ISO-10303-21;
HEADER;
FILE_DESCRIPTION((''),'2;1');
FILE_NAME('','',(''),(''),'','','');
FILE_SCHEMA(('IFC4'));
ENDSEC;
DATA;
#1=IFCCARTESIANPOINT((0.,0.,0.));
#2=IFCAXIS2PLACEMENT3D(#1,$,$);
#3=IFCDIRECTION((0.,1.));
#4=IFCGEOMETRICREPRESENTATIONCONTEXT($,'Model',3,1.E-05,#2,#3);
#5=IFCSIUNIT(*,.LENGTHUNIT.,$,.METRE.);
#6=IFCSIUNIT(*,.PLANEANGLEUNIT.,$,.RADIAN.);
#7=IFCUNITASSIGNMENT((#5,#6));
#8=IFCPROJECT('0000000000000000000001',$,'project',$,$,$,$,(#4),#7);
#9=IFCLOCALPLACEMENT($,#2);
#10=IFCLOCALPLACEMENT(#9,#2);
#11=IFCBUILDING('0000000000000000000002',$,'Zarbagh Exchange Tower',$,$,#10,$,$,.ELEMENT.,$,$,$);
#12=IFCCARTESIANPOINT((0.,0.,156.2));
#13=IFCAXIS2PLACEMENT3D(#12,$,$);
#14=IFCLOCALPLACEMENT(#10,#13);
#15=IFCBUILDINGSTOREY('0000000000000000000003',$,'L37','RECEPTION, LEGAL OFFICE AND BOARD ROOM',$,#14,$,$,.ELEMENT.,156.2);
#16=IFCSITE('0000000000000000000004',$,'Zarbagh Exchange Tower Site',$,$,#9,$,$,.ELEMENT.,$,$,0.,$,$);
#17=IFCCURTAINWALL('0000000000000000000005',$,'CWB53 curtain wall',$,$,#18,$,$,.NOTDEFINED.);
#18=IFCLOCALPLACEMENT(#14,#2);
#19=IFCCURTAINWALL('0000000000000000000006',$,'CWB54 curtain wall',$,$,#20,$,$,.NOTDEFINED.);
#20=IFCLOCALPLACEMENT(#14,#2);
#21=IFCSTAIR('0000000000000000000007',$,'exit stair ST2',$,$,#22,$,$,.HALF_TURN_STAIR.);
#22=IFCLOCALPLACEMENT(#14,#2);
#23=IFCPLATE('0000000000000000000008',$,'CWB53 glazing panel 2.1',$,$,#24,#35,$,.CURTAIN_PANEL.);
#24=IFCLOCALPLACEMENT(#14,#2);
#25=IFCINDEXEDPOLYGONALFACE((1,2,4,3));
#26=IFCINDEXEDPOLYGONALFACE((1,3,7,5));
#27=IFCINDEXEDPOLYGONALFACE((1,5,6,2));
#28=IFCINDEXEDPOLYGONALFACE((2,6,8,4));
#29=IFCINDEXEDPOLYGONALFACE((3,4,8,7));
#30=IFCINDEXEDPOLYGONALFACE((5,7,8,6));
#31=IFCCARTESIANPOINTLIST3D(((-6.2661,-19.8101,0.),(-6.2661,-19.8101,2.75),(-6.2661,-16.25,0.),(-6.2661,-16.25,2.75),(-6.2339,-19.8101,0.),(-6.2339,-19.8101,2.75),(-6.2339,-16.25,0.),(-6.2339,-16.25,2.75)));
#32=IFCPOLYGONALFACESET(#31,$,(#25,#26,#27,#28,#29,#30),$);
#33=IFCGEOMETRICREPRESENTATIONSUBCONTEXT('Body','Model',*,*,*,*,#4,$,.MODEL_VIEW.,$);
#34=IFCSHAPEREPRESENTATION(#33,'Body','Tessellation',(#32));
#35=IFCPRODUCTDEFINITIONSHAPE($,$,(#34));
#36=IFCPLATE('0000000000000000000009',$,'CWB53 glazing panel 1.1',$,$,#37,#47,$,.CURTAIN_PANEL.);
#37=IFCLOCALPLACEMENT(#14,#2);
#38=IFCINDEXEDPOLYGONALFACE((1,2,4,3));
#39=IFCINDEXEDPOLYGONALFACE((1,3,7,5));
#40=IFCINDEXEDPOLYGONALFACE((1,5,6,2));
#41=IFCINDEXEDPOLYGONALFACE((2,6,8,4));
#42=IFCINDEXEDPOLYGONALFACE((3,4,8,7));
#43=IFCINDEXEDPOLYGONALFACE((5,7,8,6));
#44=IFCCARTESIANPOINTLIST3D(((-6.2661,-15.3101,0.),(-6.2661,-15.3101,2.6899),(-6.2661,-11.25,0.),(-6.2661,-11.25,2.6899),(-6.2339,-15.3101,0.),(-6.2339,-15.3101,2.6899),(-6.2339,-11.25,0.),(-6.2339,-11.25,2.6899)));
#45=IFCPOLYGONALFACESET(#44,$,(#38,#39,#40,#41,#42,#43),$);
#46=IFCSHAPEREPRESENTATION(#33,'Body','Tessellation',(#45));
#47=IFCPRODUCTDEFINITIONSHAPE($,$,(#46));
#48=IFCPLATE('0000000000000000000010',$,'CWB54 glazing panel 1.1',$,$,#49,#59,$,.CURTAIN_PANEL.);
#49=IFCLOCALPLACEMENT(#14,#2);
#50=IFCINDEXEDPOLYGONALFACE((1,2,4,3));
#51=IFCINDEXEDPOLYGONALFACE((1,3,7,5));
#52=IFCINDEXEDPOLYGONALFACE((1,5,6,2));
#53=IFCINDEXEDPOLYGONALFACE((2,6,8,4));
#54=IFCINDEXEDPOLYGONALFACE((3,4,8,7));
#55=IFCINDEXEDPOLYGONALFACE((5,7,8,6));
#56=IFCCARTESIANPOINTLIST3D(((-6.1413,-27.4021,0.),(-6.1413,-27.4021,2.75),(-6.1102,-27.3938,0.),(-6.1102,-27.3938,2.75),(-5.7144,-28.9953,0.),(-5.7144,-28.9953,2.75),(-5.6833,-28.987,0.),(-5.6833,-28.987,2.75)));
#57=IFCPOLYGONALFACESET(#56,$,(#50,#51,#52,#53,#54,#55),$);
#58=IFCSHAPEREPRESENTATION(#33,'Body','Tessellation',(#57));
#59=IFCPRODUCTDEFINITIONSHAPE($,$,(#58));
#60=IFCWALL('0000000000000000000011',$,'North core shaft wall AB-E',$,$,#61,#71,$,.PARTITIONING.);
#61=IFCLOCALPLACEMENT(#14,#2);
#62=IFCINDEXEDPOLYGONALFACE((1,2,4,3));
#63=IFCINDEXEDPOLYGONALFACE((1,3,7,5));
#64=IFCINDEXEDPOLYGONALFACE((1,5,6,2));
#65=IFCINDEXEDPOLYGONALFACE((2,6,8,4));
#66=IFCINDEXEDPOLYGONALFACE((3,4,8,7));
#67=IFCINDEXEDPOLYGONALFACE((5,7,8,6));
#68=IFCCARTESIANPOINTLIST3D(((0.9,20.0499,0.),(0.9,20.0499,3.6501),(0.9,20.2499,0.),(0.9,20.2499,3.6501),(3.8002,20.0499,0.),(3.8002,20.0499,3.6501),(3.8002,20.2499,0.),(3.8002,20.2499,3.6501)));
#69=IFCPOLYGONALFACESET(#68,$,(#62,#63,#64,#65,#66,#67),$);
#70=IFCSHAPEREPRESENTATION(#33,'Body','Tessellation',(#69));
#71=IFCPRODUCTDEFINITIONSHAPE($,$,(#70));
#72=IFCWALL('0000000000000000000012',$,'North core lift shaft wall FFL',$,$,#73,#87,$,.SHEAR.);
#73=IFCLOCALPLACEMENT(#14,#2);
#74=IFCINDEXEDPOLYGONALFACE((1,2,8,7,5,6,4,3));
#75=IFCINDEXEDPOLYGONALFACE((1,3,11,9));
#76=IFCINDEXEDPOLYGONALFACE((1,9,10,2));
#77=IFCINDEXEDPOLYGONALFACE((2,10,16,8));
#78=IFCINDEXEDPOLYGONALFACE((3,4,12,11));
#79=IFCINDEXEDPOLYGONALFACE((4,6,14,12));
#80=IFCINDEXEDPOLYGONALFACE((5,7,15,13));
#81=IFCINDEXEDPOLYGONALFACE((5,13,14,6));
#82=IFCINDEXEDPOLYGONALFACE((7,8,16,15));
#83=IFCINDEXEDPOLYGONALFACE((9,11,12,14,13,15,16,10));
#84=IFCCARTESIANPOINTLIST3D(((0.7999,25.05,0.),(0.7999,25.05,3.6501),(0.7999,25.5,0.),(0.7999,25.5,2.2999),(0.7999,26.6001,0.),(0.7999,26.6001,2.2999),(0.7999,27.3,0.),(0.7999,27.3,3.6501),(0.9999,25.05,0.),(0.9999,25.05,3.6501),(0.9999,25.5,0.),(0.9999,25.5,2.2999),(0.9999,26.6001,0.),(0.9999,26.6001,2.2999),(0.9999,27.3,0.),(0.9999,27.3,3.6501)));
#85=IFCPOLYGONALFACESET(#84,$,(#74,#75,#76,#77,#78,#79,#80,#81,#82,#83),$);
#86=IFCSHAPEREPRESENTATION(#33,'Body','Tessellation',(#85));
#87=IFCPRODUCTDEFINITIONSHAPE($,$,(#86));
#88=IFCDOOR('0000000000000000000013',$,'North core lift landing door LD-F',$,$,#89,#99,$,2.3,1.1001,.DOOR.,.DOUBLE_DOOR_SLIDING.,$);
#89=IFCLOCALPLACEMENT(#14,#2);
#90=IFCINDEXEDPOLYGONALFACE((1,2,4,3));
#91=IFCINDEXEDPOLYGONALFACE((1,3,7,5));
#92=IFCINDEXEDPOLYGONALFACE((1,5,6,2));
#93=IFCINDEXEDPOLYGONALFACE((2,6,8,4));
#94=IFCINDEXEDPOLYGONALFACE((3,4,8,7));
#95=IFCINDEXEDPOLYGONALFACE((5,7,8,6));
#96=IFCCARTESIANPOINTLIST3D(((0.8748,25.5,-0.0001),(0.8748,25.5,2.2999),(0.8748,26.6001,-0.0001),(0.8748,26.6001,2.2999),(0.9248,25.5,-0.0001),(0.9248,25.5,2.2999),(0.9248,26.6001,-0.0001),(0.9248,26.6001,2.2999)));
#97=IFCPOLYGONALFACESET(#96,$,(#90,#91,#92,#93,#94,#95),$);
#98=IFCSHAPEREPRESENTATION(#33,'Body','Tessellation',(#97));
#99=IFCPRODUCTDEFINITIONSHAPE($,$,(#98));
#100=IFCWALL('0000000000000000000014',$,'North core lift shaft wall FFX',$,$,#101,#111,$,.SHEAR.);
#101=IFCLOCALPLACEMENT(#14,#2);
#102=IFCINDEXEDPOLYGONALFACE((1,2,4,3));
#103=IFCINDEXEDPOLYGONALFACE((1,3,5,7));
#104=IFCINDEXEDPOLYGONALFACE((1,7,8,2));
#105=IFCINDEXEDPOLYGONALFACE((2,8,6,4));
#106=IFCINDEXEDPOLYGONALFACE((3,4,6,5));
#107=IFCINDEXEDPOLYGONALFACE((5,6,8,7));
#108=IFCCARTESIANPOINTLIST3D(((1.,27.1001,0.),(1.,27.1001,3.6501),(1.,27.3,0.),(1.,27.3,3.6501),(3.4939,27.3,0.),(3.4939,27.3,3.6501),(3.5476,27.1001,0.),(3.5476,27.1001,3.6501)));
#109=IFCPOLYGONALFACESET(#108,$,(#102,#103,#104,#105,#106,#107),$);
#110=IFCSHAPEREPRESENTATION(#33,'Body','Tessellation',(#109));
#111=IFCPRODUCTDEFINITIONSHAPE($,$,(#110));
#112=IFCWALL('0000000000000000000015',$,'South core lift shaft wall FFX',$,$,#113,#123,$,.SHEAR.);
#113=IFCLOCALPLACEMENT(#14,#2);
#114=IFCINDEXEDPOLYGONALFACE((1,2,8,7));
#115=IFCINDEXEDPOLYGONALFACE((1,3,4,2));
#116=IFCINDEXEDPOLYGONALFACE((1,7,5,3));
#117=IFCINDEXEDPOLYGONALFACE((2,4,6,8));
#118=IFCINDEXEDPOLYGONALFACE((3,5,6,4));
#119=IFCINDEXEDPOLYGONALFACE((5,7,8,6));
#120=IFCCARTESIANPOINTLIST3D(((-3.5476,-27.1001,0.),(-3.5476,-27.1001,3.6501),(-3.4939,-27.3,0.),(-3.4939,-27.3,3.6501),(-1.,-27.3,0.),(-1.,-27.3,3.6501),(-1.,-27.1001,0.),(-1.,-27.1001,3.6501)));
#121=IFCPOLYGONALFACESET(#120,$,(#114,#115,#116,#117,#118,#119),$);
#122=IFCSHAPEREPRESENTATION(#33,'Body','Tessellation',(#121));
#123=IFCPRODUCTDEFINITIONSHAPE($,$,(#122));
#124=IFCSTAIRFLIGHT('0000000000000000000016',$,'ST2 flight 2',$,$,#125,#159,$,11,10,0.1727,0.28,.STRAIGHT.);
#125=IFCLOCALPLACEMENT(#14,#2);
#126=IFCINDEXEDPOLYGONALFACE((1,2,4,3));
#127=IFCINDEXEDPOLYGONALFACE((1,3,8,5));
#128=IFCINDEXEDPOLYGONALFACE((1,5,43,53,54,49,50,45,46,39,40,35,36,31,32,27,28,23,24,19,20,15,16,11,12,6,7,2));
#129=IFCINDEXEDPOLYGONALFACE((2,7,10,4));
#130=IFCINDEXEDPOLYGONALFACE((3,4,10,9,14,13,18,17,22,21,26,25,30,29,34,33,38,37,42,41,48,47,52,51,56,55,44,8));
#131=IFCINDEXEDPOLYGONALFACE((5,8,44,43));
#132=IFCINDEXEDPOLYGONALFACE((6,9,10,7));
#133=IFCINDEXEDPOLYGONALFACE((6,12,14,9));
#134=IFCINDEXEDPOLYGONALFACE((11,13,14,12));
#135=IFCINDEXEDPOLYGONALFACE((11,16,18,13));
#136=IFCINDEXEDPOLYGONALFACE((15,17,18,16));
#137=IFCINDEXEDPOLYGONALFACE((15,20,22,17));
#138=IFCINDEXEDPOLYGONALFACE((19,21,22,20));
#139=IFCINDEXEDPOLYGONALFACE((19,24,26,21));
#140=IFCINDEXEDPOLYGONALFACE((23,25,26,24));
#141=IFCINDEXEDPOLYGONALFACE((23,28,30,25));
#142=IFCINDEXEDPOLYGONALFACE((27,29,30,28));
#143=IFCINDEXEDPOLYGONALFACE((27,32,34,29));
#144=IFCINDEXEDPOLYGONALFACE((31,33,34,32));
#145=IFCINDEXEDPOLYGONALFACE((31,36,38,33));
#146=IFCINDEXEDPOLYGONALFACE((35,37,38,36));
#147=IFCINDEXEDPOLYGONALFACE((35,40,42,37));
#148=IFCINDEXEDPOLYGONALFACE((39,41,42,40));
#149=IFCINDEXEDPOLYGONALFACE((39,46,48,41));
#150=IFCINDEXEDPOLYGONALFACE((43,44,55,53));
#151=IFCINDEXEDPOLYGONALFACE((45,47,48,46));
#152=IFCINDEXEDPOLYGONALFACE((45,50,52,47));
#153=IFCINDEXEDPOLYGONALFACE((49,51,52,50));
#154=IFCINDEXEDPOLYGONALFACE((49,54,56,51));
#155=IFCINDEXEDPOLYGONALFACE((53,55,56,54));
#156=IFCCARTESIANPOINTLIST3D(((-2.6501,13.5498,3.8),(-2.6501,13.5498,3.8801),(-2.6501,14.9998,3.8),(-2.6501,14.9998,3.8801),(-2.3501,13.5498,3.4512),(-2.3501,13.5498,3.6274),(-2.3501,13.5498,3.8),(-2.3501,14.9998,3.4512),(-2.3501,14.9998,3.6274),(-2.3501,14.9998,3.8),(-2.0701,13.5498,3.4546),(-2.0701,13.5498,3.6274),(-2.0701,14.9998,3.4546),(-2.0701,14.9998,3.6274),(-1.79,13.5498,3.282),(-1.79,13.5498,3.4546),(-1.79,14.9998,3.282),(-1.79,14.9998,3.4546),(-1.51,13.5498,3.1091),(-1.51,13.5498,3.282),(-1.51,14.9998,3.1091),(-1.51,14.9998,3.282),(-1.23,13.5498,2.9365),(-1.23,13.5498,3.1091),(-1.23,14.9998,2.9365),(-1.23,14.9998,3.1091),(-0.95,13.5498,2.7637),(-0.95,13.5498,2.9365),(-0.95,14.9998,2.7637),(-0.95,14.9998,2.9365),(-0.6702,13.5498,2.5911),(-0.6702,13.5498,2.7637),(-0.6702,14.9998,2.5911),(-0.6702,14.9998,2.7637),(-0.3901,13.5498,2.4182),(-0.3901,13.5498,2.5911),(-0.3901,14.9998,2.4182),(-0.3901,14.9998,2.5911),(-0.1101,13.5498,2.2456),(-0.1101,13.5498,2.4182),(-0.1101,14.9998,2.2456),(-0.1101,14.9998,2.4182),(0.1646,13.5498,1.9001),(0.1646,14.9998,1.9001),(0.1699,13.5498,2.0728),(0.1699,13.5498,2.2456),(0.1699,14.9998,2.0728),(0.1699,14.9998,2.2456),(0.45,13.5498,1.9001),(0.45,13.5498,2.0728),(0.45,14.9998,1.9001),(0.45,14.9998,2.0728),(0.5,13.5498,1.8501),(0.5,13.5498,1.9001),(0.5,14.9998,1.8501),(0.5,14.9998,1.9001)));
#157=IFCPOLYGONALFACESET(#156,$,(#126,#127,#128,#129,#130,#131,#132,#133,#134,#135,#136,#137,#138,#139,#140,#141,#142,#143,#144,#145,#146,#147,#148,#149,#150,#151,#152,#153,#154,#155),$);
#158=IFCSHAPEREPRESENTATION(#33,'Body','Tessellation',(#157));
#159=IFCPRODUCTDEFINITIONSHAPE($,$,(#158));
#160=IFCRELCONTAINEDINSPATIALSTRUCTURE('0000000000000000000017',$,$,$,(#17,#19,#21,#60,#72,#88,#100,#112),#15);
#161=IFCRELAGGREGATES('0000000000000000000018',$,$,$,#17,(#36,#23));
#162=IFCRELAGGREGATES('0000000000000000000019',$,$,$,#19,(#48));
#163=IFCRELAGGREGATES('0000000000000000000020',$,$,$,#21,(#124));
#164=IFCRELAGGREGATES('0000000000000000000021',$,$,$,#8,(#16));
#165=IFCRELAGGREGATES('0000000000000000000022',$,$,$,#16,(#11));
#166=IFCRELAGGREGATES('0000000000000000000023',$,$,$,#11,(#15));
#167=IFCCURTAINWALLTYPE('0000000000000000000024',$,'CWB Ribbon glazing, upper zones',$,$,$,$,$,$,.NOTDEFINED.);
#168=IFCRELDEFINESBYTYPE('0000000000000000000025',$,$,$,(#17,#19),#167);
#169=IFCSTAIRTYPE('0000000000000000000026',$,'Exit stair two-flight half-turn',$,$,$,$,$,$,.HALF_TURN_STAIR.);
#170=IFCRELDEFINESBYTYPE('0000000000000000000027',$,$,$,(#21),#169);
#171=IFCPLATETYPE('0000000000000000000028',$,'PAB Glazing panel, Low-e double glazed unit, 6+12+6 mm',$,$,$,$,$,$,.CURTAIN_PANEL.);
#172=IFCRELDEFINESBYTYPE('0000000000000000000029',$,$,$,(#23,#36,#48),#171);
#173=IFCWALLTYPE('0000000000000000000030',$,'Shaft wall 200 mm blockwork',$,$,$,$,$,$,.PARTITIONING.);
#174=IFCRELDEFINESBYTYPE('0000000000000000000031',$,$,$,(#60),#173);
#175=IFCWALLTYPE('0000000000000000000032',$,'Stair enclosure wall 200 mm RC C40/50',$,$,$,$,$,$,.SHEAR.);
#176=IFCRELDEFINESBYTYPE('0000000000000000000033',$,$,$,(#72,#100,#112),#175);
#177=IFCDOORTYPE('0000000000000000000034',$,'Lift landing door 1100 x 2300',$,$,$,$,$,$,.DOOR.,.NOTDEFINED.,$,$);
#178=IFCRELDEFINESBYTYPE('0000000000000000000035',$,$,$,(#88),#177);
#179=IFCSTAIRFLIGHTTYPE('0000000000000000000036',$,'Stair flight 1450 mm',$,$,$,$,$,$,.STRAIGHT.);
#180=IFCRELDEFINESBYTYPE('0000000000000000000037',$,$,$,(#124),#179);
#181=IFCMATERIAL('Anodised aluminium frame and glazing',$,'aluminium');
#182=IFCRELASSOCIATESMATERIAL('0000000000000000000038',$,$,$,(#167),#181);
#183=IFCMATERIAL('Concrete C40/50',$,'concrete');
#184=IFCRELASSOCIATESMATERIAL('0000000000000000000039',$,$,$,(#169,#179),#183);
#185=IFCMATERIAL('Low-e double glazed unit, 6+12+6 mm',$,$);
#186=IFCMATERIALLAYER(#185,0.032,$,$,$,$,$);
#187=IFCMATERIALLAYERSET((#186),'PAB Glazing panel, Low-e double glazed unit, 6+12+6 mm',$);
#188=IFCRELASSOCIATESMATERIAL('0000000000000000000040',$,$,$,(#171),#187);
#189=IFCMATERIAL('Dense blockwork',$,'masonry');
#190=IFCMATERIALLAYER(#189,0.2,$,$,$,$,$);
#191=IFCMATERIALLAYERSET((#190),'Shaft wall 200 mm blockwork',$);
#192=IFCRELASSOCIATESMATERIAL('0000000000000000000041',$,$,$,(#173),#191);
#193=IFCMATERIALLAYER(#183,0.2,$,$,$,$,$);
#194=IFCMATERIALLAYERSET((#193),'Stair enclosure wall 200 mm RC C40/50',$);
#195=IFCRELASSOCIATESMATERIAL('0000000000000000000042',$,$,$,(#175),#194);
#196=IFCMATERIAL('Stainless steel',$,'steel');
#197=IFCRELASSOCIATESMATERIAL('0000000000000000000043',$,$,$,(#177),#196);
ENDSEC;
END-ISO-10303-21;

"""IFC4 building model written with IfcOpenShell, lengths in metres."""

from ifc_helpers import new_model, si_unit, direction, frame, frame_2d, origin, place, context, subcontext, project, spatial, polyline, rectangle, outline, extrude, source, transform, mapped, material, layer, layer_set, type_object, element, fill, aggregate, save


model = new_model("IFC4")

# Units and contexts
model_context = context("Model", 3, precision=1e-05, world=origin(), true_north=direction((0.0, 1.0)))
body_context = subcontext(model_context, "Body", "Model", "MODEL_VIEW")
ifc_project = project(units=[si_unit("LENGTHUNIT", "METRE"), si_unit("PLANEANGLEUNIT", "RADIAN")], contexts=[model_context])

# Site, building, storey
site_placement = place(None, origin())
site = spatial("IfcSite", under=ifc_project, at=site_placement, Name="Zarbagh Exchange Tower Site", CompositionType="ELEMENT", RefElevation=0.0)
building_placement = place(site_placement, origin())
building = spatial("IfcBuilding", under=site, at=building_placement, Name="Zarbagh Exchange Tower", CompositionType="ELEMENT")
storey_placement = place(building_placement, frame((0.0, 0.0, 156.2)))
storey = spatial("IfcBuildingStorey", under=building, at=storey_placement, Name="L37", Description="RECEPTION, LEGAL OFFICE AND BOARD ROOM", CompositionType="ELEMENT", Elevation=156.2)

# Curtain wall
ifc_material_1 = material(Name="Anodised aluminium frame and glazing", Category="aluminium")
curtain_wall_type = type_object("IfcCurtainWallType", Name="CWB Ribbon glazing, upper zones", PredefinedType="NOTDEFINED", material=ifc_material_1)
curtain_wall_1_placement = place(storey_placement, origin())
curtain_wall_1 = element("IfcCurtainWall", 1, at=curtain_wall_1_placement, inside=storey, type_object=curtain_wall_type, Name="CWB53 curtain wall", PredefinedType="NOTDEFINED")
placement = place(storey_placement, origin())

# Curtain wall
curtain_wall_2_placement = place(storey_placement, origin())
curtain_wall_2 = element("IfcCurtainWall", 2, at=curtain_wall_2_placement, inside=storey, type_object=curtain_wall_type, Name="CWB54 curtain wall", PredefinedType="NOTDEFINED")

# Stair
ifc_material_2 = material(Name="Concrete C40/50", Category="concrete")
stair_type = type_object("IfcStairType", Name="Exit stair two-flight half-turn", PredefinedType="HALF_TURN_STAIR", material=ifc_material_2)
stair_1_placement = place(storey_placement, origin())
stair_1 = element("IfcStair", 3, at=stair_1_placement, inside=storey, type_object=stair_type, Name="exit stair ST2", PredefinedType="HALF_TURN_STAIR")

# Shared definitions
ifc_material_3 = material(Name="Low-e double glazed unit, 6+12+6 mm")
ifc_layer_1 = layer(ifc_material_3, 0.032)
ifc_layer_set_1 = layer_set([ifc_layer_1], Name="PAB Glazing panel, Low-e double glazed unit, 6+12+6 mm")
plate_type = type_object("IfcPlateType", Name="PAB Glazing panel, Low-e double glazed unit, 6+12+6 mm", PredefinedType="CURTAIN_PANEL", material=ifc_layer_set_1)

# Plates
shared_shape_1 = source(origin(), body_context, "Body", "SweptSolid", [
    extrude(outline(polyline([(0.0, -0.0161), (3.5601, -0.0161), (3.5601, 0.0161), (0.0, 0.0161), (0.0, -0.0161)])), origin(), (0.0, 0.0, 1.0), 2.75),
])
plate_1 = element("IfcPlate", 4, at=placement, type_object=plate_type, Name="CWB53 glazing panel 2.1", PredefinedType="CURTAIN_PANEL", context=body_context, shape_type="MappedRepresentation", body=[
    mapped(shared_shape_1, transform((-6.25, -16.25, 0.0), x_axis=(0.0, -1.0, 0.0), y_axis=(1.0, 0.0, 0.0), z_axis=(0.0, 0.0, 1.0))),
])
shared_shape_2 = source(origin(), body_context, "Body", "SweptSolid", [
    extrude(outline(polyline([(0.0, -0.0161), (4.0601, -0.0161), (4.0601, 0.0161), (0.0, 0.0161), (0.0, -0.0161)])), origin(), (0.0, 0.0, 1.0), 2.6899),
])
plate_2 = element("IfcPlate", 5, at=placement, type_object=plate_type, Name="CWB53 glazing panel 1.1", PredefinedType="CURTAIN_PANEL", context=body_context, shape_type="MappedRepresentation", body=[
    mapped(shared_shape_2, transform((-6.25, -11.25, 0.0), x_axis=(0.0, -1.0, 0.0), y_axis=(1.0, 0.0, 0.0), z_axis=(0.0, 0.0, 1.0))),
])
aggregate(curtain_wall_1, [plate_2, plate_1])
shared_shape_3 = source(origin(), body_context, "Body", "SweptSolid", [
    extrude(outline(polyline([(0.0, -0.0161), (1.6494, -0.0161), (1.6494, 0.0161), (0.0, 0.0161), (0.0, -0.0161)])), origin(), (0.0, 0.0, 1.0), 2.75),
])
plate_3 = element("IfcPlate", 6, at=placement, type_object=plate_type, Name="CWB54 glazing panel 1.1", PredefinedType="CURTAIN_PANEL", context=body_context, shape_type="MappedRepresentation", body=[
    mapped(shared_shape_3, transform((-6.1257, -27.3979, 0.0), x_axis=(0.258825, -0.965924, 0.0), y_axis=(0.965924, 0.258825, 0.0), z_axis=(0.0, 0.0, 1.0))),
])
aggregate(curtain_wall_2, [plate_3])

# Wall
ifc_material_4 = material(Name="Dense blockwork", Category="masonry")
ifc_layer_2 = layer(ifc_material_4, 0.2)
ifc_layer_set_2 = layer_set([ifc_layer_2], Name="Shaft wall 200 mm blockwork")
wall_type_1 = type_object("IfcWallType", Name="Shaft wall 200 mm blockwork", PredefinedType="PARTITIONING", material=ifc_layer_set_2)
wall_1_placement = place(storey_placement, frame((0.8999, 20.1499, 0.0), z_axis=(0.0, 0.0, 1.0), x_axis=(1.0, 0.0, 0.0)))
element("IfcWall", 7, at=wall_1_placement, inside=storey, type_object=wall_type_1, Name="North core shaft wall AB-E", PredefinedType="PARTITIONING", context=body_context, shape_type="SweptSolid", body=[
    extrude(rectangle(XDim=2.9001, YDim=0.2, at=frame_2d((1.4502, 0.0))), origin(), (0.0, 0.0, 1.0), 3.6501),
])

# Wall, opening, door
ifc_layer_3 = layer(ifc_material_2, 0.2)
ifc_layer_set_3 = layer_set([ifc_layer_3], Name="Stair enclosure wall 200 mm RC C40/50")
wall_type_2 = type_object("IfcWallType", Name="Stair enclosure wall 200 mm RC C40/50", PredefinedType="SHEAR", material=ifc_layer_set_3)
wall_2_placement = place(storey_placement, frame((0.8999, 27.3, 0.0), z_axis=(0.0, 0.0, 1.0), x_axis=(0.0, -1.0, 0.0)))
wall_2 = element("IfcWall", 8, at=wall_2_placement, inside=storey, type_object=wall_type_2, Name="North core lift shaft wall FFL", PredefinedType="SHEAR", context=body_context, shape_type="SweptSolid", body=[
    extrude(rectangle(XDim=2.25, YDim=0.2, at=frame_2d((1.125, 0.0))), origin(), (0.0, 0.0, 1.0), 3.6501),
])
opening_placement = place(wall_2_placement, frame((0.7, 0.0, 0.0)))
opening = element("IfcOpeningElement", 9, at=opening_placement, cuts=wall_2, PredefinedType="OPENING", context=body_context, shape_type="SweptSolid", body=[
    extrude(rectangle(XDim=1.1001, YDim=2.3, at=frame_2d((0.55, 1.1499))), frame((0.0, 0.1099, 0.0), z_axis=(0.0, -1.0, 0.0), x_axis=(1.0, 0.0, 0.0)), (0.0, 0.0, 1.0), 0.22),
])
ifc_material_5 = material(Name="Stainless steel", Category="steel")
door_type = type_object("IfcDoorType", Name="Lift landing door 1100 x 2300", OperationType="NOTDEFINED", PredefinedType="DOOR", material=ifc_material_5)
door_placement = place(opening_placement, origin())
door = element("IfcDoor", 10, at=door_placement, inside=storey, type_object=door_type, Name="North core lift landing door LD-F", OperationType="DOUBLE_DOOR_SLIDING", OverallHeight=2.3, OverallWidth=1.1001, PredefinedType="DOOR", context=body_context, shape_type="SweptSolid", body=[
    extrude(rectangle(XDim=1.1001, YDim=2.3, at=frame_2d((0.55, 1.1499))), frame((0.0, 0.0249, 0.0), z_axis=(0.0, -1.0, 0.0), x_axis=(1.0, 0.0, 0.0)), (0.0, 0.0, 1.0), 0.05),
])
fill(opening, door)

# Walls
wall_3_placement = place(storey_placement, origin())
element("IfcWall", 11, at=wall_3_placement, inside=storey, type_object=wall_type_2, Name="North core lift shaft wall FFX", PredefinedType="SHEAR", context=body_context, shape_type="SweptSolid", body=[
    extrude(outline(polyline([(1.0, 27.1001), (3.5476, 27.1001), (3.4939, 27.3), (1.0, 27.3), (1.0, 27.1001)])), origin(), (0.0, 0.0, 1.0), 3.6501),
])
wall_4_placement = place(storey_placement, origin())
element("IfcWall", 12, at=wall_4_placement, inside=storey, type_object=wall_type_2, Name="South core lift shaft wall FFX", PredefinedType="SHEAR", context=body_context, shape_type="SweptSolid", body=[
    extrude(outline(polyline([(-1.0, -27.1001), (-3.5476, -27.1001), (-3.4939, -27.3), (-1.0, -27.3), (-1.0, -27.1001)])), origin(), (0.0, 0.0, 1.0), 3.6501),
])

# Stair flight
stair_flight_type = type_object("IfcStairFlightType", Name="Stair flight 1450 mm", PredefinedType="STRAIGHT", material=ifc_material_2)
stair_flight_placement = place(storey_placement, frame((0.45, 14.2749, 1.9001), z_axis=(0.0, 0.0, 1.0), x_axis=(-1.0, 0.0, 0.0)))
stair_flight = element("IfcStairFlight", 13, at=stair_flight_placement, type_object=stair_flight_type, Name="ST2 flight 2", NumberOfRisers=11, NumberOfTreads=10, PredefinedType="STRAIGHT", RiserHeight=0.1727, TreadLength=0.28, context=body_context, shape_type="SweptSolid", body=[
    extrude(outline(polyline([(-0.05, -0.05), (-0.05, 0.0), (0.0, 0.0), (0.0, 0.1726), (0.28, 0.1726), (0.28, 0.3455), (0.5601, 0.3455), (0.5601, 0.5181), (0.8401, 0.5181), (0.8401, 0.6909), (1.1201, 0.6909), (1.1201, 0.8635), (1.3999, 0.8635), (1.3999, 1.0364), (1.6799, 1.0364), (1.6799, 1.209), (1.96, 1.209), (1.96, 1.3818), (2.24, 1.3818), (2.24, 1.5544), (2.52, 1.5544), (2.52, 1.7273), (2.8, 1.7273), (2.8, 1.8999), (3.1001, 1.98), (3.1001, 1.8999), (2.8, 1.551), (0.2854, 0.0), (-0.05, -0.05)])), frame((0.0, 0.7251, 0.0), z_axis=(0.0, -1.0, 0.0), x_axis=(1.0, 0.0, 0.0)), (0.0, 0.0, 1.0), 1.45),
])
aggregate(stair_1, [stair_flight])

save(model, "model.ifc")
